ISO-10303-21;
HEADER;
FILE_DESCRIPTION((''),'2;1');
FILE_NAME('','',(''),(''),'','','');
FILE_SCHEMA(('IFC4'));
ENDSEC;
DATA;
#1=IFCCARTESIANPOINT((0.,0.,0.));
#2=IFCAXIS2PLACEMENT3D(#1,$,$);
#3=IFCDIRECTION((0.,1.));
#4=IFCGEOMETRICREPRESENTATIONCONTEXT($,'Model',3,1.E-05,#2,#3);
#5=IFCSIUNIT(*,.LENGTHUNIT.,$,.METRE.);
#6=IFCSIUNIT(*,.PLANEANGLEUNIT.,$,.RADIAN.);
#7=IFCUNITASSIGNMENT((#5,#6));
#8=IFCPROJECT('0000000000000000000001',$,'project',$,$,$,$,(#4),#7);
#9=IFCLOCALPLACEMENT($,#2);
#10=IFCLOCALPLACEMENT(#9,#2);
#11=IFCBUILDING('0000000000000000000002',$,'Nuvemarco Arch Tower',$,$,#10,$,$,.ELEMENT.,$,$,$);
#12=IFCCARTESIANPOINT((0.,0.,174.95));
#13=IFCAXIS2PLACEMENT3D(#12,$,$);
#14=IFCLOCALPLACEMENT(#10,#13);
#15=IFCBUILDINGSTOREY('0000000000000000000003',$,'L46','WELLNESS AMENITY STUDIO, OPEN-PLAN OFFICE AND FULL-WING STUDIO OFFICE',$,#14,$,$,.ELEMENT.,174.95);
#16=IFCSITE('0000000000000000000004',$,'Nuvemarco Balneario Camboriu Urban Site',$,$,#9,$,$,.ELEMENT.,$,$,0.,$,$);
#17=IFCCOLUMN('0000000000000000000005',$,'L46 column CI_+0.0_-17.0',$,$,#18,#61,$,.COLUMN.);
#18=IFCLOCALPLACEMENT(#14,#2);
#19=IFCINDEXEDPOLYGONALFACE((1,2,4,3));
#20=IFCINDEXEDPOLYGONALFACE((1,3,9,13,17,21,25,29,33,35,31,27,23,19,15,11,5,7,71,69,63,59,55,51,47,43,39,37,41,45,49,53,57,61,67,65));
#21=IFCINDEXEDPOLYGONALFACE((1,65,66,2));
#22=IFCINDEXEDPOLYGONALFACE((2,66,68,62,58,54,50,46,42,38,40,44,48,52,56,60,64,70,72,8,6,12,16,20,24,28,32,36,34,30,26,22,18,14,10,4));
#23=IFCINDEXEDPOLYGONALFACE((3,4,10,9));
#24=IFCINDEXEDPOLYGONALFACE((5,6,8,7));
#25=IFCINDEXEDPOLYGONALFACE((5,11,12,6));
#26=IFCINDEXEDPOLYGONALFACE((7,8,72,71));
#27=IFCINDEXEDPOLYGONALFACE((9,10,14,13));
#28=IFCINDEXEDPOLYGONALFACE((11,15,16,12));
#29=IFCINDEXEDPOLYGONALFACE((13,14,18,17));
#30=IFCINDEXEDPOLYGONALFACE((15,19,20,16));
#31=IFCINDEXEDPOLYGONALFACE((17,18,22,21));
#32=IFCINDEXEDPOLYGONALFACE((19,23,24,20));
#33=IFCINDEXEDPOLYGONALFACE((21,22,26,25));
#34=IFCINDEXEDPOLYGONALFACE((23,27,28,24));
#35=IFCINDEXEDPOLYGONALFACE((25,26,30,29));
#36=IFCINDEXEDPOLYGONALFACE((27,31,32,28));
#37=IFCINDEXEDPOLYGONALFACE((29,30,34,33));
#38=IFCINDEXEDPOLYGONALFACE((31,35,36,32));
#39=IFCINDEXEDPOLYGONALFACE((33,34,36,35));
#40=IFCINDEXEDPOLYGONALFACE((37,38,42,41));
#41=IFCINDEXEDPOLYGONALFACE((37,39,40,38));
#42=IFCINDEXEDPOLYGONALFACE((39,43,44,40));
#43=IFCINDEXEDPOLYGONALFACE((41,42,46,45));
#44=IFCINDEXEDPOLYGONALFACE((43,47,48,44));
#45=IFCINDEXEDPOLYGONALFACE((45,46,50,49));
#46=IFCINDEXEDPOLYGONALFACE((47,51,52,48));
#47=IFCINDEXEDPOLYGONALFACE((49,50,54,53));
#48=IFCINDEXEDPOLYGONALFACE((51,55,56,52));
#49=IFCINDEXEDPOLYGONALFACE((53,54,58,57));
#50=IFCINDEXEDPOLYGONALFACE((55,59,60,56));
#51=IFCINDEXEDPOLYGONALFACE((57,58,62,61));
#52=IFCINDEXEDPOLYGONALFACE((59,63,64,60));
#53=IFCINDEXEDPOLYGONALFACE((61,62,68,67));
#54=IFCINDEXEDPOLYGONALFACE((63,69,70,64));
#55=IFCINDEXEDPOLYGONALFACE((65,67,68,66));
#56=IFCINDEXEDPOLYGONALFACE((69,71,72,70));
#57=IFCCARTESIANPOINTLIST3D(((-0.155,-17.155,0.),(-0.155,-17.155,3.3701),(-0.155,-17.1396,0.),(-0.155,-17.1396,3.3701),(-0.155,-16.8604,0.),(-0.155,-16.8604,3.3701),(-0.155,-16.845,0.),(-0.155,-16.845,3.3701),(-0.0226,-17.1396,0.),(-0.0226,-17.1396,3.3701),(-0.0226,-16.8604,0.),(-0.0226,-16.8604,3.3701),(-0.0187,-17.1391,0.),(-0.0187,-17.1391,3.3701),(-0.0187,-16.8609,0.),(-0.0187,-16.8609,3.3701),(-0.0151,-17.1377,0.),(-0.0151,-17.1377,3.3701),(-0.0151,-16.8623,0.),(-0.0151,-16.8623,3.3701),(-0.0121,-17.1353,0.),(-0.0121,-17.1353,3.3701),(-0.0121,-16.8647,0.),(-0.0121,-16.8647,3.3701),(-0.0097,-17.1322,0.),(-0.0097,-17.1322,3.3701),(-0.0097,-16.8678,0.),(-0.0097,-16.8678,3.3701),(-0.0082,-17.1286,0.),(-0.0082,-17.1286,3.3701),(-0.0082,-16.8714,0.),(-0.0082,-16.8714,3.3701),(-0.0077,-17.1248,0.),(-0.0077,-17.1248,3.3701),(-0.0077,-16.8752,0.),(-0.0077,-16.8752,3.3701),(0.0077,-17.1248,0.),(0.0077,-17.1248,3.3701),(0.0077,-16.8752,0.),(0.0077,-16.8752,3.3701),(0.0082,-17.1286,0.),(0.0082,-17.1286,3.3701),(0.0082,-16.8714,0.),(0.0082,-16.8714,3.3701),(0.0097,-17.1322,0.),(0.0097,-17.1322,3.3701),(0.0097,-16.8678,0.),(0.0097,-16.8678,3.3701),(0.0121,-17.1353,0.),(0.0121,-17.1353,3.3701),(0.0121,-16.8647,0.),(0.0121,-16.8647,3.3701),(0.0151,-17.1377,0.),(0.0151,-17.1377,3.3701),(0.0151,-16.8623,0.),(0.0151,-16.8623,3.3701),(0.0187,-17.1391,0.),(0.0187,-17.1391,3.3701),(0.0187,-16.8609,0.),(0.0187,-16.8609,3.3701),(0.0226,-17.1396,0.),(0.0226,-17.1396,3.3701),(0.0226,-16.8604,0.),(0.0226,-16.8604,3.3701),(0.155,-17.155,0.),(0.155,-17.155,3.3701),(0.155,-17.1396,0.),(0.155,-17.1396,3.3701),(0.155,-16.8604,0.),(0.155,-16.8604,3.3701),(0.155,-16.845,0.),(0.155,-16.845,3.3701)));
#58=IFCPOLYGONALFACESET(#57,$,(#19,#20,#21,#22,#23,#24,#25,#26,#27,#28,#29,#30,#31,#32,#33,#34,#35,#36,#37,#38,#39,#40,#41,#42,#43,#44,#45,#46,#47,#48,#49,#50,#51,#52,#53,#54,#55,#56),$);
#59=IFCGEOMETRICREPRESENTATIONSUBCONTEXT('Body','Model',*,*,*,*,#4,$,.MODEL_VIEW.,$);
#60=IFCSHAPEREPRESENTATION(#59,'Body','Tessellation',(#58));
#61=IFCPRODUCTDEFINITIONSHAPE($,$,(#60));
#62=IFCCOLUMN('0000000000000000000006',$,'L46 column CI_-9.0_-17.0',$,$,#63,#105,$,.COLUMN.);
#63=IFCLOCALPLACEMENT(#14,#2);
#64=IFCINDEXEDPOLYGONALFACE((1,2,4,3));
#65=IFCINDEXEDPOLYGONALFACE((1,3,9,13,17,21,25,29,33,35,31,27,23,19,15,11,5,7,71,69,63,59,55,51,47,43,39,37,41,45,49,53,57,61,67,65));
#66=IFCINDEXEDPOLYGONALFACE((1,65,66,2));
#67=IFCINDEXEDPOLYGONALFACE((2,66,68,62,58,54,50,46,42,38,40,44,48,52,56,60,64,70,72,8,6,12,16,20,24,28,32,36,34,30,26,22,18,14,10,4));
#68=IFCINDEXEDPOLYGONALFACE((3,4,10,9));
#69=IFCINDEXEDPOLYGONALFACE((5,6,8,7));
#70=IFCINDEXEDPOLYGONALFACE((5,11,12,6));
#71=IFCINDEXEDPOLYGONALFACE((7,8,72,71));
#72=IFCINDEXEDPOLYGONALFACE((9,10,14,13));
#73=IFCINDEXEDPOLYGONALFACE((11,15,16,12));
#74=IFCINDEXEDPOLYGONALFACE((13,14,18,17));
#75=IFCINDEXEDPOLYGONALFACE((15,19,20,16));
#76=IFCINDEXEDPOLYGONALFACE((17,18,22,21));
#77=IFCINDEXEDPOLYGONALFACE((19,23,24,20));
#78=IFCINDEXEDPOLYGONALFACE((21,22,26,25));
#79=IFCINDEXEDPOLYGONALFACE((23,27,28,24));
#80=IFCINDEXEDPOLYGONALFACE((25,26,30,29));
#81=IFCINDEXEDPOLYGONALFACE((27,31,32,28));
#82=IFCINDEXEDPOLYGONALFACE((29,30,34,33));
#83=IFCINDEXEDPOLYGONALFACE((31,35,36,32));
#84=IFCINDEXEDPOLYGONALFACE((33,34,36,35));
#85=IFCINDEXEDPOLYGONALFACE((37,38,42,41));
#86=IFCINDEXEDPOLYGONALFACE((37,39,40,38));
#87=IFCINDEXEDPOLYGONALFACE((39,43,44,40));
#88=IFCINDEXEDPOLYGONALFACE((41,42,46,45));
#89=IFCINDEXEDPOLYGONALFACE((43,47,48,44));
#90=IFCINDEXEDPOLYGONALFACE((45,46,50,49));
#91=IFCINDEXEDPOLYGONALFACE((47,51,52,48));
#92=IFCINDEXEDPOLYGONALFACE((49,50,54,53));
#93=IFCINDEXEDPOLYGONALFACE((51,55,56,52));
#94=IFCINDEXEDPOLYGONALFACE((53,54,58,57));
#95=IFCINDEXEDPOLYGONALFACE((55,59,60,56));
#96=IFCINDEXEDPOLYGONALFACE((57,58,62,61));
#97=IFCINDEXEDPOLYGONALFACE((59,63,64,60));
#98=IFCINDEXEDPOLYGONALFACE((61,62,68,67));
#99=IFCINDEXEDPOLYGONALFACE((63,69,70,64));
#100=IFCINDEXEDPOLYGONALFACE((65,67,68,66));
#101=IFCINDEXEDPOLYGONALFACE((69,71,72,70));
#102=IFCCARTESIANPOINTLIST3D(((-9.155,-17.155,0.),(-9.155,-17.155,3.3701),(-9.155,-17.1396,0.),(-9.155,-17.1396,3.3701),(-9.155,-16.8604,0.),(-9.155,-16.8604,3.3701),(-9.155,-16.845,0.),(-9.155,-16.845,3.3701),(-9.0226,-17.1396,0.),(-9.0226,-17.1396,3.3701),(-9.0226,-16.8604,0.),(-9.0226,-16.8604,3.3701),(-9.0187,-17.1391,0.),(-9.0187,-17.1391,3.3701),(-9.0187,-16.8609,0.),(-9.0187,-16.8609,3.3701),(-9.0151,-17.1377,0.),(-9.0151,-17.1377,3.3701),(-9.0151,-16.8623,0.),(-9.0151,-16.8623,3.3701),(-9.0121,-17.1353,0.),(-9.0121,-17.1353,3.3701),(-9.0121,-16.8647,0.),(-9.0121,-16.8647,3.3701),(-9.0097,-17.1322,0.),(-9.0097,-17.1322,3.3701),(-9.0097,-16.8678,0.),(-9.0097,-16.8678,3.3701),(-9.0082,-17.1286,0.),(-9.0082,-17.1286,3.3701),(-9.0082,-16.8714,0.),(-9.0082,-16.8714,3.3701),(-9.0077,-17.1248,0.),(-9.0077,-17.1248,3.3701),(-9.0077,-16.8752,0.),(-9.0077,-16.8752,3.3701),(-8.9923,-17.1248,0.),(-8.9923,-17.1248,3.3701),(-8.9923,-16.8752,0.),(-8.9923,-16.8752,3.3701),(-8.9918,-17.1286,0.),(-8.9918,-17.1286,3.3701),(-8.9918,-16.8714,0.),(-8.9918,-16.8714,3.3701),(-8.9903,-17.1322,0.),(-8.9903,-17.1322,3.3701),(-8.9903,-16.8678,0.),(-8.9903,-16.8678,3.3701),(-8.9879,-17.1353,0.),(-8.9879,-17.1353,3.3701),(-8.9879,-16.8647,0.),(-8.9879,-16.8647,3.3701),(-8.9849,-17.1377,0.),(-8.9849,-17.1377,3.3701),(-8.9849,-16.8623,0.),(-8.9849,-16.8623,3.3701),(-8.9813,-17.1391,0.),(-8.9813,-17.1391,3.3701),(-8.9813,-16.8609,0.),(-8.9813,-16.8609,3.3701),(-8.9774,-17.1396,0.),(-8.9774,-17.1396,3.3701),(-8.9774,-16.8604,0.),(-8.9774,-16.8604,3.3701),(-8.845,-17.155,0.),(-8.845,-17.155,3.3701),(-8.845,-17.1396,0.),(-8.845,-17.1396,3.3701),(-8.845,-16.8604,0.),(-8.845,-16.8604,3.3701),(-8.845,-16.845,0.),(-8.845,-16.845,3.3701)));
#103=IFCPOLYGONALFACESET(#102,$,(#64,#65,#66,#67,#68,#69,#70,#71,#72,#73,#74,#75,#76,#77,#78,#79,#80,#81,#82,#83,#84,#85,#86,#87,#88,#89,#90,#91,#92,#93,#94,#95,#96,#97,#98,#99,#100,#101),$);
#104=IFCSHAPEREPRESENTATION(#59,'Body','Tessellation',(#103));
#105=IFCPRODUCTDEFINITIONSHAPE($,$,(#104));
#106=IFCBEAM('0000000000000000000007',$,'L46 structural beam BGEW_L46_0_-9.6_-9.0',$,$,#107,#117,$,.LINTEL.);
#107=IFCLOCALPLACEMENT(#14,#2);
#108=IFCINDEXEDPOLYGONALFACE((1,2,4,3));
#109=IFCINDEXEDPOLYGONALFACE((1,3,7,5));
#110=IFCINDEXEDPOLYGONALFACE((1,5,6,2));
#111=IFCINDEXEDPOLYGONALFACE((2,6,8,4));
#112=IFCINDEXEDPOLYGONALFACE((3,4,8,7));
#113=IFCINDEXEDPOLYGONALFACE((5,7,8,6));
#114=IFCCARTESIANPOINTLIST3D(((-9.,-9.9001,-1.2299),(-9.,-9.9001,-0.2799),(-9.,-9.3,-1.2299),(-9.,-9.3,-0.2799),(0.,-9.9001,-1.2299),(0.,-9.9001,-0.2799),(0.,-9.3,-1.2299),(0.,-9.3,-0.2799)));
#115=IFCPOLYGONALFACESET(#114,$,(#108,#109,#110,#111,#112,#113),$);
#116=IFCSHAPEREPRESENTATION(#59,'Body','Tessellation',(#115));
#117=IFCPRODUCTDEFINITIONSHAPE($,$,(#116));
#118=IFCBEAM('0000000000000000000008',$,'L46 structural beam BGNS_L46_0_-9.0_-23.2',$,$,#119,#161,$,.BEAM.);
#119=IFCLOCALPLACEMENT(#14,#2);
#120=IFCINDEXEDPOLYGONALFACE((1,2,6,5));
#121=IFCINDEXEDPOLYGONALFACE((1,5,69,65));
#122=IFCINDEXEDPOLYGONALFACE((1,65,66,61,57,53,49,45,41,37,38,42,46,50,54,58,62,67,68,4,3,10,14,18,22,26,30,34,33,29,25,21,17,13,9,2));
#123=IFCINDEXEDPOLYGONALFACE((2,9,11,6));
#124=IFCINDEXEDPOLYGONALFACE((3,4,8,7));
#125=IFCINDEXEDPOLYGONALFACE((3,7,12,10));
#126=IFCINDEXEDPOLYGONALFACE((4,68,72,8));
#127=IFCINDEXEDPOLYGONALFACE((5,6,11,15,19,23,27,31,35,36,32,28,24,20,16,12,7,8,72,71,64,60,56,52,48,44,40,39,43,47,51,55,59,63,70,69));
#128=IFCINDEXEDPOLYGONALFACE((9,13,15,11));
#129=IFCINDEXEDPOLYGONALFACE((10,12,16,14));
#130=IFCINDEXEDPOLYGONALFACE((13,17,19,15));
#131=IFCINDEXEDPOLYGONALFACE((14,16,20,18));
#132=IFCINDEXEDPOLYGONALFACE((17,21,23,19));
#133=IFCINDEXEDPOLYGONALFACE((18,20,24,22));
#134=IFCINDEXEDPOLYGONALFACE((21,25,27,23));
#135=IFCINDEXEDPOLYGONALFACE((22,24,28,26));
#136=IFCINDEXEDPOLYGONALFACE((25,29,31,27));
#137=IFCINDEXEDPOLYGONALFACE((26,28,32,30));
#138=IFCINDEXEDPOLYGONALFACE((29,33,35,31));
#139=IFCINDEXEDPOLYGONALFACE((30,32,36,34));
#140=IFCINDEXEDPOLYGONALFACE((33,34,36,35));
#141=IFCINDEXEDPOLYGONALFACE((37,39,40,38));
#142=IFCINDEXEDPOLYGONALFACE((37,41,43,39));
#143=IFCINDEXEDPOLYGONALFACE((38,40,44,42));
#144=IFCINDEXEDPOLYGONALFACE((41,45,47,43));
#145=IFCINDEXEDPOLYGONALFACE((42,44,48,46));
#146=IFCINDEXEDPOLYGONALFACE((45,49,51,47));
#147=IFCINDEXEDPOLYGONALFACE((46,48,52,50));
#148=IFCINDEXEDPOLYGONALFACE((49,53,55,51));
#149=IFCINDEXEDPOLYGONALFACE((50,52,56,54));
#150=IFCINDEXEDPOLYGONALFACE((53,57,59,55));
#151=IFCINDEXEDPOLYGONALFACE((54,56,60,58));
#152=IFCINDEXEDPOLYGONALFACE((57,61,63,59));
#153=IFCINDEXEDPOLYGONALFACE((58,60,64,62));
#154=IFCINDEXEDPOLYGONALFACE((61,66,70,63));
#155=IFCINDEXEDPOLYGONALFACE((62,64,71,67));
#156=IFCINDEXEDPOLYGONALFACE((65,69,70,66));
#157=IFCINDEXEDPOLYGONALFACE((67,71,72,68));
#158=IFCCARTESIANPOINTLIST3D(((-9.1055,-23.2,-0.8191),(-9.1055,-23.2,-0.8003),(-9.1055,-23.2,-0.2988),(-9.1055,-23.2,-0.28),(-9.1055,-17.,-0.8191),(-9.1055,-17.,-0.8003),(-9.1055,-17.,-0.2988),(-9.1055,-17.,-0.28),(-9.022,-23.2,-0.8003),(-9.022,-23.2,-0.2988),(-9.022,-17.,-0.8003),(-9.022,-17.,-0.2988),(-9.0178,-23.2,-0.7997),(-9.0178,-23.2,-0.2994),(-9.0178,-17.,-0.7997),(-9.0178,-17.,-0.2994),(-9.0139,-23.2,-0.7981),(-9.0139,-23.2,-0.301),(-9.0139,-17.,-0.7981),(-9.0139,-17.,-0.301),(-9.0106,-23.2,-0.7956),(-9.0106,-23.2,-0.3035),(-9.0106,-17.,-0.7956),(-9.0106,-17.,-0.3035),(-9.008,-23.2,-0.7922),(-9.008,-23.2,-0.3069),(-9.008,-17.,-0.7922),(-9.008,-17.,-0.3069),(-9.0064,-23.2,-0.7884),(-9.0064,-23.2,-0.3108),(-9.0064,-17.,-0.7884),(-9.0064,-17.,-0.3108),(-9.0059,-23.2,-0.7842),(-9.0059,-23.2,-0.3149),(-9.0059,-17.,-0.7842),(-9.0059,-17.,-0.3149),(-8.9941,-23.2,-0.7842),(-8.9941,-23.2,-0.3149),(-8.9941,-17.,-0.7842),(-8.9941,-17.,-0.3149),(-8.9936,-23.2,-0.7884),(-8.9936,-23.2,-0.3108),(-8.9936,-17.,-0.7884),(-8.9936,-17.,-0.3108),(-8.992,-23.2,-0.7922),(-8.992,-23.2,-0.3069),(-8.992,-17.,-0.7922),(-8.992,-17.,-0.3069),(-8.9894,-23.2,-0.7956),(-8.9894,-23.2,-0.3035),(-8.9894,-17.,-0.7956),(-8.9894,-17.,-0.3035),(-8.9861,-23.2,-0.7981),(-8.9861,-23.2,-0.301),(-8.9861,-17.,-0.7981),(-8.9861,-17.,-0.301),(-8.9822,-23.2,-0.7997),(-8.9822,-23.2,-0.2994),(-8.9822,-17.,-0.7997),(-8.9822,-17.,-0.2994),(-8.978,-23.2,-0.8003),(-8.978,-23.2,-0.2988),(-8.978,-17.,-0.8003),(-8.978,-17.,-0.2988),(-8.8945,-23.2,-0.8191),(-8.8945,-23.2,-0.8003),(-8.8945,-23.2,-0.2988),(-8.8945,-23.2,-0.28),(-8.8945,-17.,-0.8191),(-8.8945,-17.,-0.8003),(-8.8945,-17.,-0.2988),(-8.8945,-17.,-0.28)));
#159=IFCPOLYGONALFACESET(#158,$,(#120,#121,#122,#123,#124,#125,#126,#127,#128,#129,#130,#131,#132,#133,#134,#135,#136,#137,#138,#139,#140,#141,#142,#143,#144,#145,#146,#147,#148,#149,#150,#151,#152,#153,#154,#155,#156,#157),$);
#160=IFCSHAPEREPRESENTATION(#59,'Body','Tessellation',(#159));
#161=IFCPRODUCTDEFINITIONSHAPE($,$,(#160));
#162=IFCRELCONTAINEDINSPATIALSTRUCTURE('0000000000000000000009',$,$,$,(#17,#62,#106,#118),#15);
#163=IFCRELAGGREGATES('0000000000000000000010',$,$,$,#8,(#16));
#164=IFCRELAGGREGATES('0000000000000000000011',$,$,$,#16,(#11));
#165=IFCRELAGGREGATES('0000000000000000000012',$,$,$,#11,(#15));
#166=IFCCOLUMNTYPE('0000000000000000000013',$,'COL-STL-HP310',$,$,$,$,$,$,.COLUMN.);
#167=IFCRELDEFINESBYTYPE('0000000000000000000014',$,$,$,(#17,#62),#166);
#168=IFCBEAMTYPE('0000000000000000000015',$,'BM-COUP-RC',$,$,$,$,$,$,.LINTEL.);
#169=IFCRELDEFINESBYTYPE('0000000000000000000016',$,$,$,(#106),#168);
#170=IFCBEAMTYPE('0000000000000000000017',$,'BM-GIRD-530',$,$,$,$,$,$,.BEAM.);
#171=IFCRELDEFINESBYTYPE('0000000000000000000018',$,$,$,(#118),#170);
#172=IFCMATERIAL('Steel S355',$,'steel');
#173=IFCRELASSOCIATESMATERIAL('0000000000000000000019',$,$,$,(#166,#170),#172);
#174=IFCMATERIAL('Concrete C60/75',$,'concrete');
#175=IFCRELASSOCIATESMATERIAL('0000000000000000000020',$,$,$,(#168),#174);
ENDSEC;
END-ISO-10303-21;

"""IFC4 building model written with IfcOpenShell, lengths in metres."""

from ifc_helpers import new_model, si_unit, direction, frame, origin, origin_2d, place, context, subcontext, project, spatial, rectangle, i_section, extrude, material, material_profile, profile_set, type_object, element, save


model = new_model("IFC4")

# Units and contexts
model_context = context("Model", 3, precision=1e-05, world=origin(), true_north=direction((0.0, 1.0)))
body_context = subcontext(model_context, "Body", "Model", "MODEL_VIEW")
ifc_project = project(units=[si_unit("LENGTHUNIT", "METRE"), si_unit("PLANEANGLEUNIT", "RADIAN")], contexts=[model_context])

# Site, building, storey
site_placement = place(None, origin())
site = spatial("IfcSite", under=ifc_project, at=site_placement, Name="Nuvemarco Balneario Camboriu Urban Site", CompositionType="ELEMENT", RefElevation=0.0)
building_placement = place(site_placement, origin())
building = spatial("IfcBuilding", under=site, at=building_placement, Name="Nuvemarco Arch Tower", CompositionType="ELEMENT")
storey_placement = place(building_placement, frame((0.0, 0.0, 174.95)))
storey = spatial("IfcBuildingStorey", under=building, at=storey_placement, Name="L46", Description="WELLNESS AMENITY STUDIO, OPEN-PLAN OFFICE AND FULL-WING STUDIO OFFICE", CompositionType="ELEMENT", Elevation=174.95)

# Columns
ifc_material_1 = material(Name="Steel S355", Category="steel")
ifc_material_profile_1 = material_profile(ifc_material_1, i_section(OverallWidth=0.3101, OverallDepth=0.3101, WebThickness=0.0154, FlangeThickness=0.0154, FilletRadius=0.0149, at=origin_2d()), Name="HP310x110")
ifc_profile_set_1 = profile_set([ifc_material_profile_1], Name="Steel S355")
column_type_1 = type_object("IfcColumnType", Name="COL-STL-HP310", PredefinedType="COLUMN", material=ifc_profile_set_1)
for number, where, z_axis, x_axis, name in (
    (1, (0.0, -17.0, 0.0), (0.0, 0.0, 1.0), (1.0, 0.0, 0.0), "L46 column CI_+0.0_-17.0"),
    (2, (-9.0, -17.0, 0.0), (0.0, 0.0, 1.0), (1.0, 0.0, 0.0), "L46 column CI_-9.0_-17.0"),
):
    element("IfcColumn", number, at=place(storey_placement, frame(where, z_axis=z_axis, x_axis=x_axis)), inside=storey, type_object=column_type_1, Name=name, PredefinedType="COLUMN", context=body_context, shape_type="SweptSolid", body=[
        extrude(i_section(OverallWidth=0.3101, OverallDepth=0.3101, WebThickness=0.0154, FlangeThickness=0.0154, FilletRadius=0.0149, at=origin_2d()), origin(), (0.0, 0.0, 1.0), 3.3701),
    ])

# Beams
ifc_material_2 = material(Name="Concrete C60/75", Category="concrete")
ifc_material_profile_2 = material_profile(ifc_material_2, rectangle(XDim=0.6001, YDim=0.95, at=origin_2d()), Name="RC-BM-600x950")
ifc_profile_set_2 = profile_set([ifc_material_profile_2], Name="Concrete C60/75")
beam_type_1 = type_object("IfcBeamType", Name="BM-COUP-RC", PredefinedType="LINTEL", material=ifc_profile_set_2)
beam_1_placement = place(storey_placement, frame((-9.0, -9.6001, -0.7549), z_axis=(1.0, 0.0, 0.0), x_axis=(0.0, 1.0, 0.0)))
element("IfcBeam", 3, at=beam_1_placement, inside=storey, type_object=beam_type_1, Name="L46 structural beam BGEW_L46_0_-9.6_-9.0", PredefinedType="LINTEL", context=body_context, shape_type="SweptSolid", body=[
    extrude(rectangle(XDim=0.6001, YDim=0.95, at=origin_2d()), origin(), (0.0, 0.0, 1.0), 9.0),
])
ifc_material_profile_3 = material_profile(ifc_material_1, i_section(OverallWidth=0.2109, OverallDepth=0.5391, WebThickness=0.0117, FlangeThickness=0.0188, FilletRadius=0.0161, at=origin_2d()), Name="W530x109")
ifc_profile_set_3 = profile_set([ifc_material_profile_3], Name="Steel S355")
beam_type_2 = type_object("IfcBeamType", Name="BM-GIRD-530", PredefinedType="BEAM", material=ifc_profile_set_3)
beam_2_placement = place(storey_placement, frame((-9.0, -23.2, -0.5496), z_axis=(0.0, 1.0, 0.0), x_axis=(-1.0, 0.0, 0.0)))
element("IfcBeam", 4, at=beam_2_placement, inside=storey, type_object=beam_type_2, Name="L46 structural beam BGNS_L46_0_-9.0_-23.2", PredefinedType="BEAM", context=body_context, shape_type="SweptSolid", body=[
    extrude(i_section(OverallWidth=0.2109, OverallDepth=0.5391, WebThickness=0.0117, FlangeThickness=0.0188, FilletRadius=0.0161, at=origin_2d()), origin(), (0.0, 0.0, 1.0), 6.2),
])

save(model, "model.ifc")
